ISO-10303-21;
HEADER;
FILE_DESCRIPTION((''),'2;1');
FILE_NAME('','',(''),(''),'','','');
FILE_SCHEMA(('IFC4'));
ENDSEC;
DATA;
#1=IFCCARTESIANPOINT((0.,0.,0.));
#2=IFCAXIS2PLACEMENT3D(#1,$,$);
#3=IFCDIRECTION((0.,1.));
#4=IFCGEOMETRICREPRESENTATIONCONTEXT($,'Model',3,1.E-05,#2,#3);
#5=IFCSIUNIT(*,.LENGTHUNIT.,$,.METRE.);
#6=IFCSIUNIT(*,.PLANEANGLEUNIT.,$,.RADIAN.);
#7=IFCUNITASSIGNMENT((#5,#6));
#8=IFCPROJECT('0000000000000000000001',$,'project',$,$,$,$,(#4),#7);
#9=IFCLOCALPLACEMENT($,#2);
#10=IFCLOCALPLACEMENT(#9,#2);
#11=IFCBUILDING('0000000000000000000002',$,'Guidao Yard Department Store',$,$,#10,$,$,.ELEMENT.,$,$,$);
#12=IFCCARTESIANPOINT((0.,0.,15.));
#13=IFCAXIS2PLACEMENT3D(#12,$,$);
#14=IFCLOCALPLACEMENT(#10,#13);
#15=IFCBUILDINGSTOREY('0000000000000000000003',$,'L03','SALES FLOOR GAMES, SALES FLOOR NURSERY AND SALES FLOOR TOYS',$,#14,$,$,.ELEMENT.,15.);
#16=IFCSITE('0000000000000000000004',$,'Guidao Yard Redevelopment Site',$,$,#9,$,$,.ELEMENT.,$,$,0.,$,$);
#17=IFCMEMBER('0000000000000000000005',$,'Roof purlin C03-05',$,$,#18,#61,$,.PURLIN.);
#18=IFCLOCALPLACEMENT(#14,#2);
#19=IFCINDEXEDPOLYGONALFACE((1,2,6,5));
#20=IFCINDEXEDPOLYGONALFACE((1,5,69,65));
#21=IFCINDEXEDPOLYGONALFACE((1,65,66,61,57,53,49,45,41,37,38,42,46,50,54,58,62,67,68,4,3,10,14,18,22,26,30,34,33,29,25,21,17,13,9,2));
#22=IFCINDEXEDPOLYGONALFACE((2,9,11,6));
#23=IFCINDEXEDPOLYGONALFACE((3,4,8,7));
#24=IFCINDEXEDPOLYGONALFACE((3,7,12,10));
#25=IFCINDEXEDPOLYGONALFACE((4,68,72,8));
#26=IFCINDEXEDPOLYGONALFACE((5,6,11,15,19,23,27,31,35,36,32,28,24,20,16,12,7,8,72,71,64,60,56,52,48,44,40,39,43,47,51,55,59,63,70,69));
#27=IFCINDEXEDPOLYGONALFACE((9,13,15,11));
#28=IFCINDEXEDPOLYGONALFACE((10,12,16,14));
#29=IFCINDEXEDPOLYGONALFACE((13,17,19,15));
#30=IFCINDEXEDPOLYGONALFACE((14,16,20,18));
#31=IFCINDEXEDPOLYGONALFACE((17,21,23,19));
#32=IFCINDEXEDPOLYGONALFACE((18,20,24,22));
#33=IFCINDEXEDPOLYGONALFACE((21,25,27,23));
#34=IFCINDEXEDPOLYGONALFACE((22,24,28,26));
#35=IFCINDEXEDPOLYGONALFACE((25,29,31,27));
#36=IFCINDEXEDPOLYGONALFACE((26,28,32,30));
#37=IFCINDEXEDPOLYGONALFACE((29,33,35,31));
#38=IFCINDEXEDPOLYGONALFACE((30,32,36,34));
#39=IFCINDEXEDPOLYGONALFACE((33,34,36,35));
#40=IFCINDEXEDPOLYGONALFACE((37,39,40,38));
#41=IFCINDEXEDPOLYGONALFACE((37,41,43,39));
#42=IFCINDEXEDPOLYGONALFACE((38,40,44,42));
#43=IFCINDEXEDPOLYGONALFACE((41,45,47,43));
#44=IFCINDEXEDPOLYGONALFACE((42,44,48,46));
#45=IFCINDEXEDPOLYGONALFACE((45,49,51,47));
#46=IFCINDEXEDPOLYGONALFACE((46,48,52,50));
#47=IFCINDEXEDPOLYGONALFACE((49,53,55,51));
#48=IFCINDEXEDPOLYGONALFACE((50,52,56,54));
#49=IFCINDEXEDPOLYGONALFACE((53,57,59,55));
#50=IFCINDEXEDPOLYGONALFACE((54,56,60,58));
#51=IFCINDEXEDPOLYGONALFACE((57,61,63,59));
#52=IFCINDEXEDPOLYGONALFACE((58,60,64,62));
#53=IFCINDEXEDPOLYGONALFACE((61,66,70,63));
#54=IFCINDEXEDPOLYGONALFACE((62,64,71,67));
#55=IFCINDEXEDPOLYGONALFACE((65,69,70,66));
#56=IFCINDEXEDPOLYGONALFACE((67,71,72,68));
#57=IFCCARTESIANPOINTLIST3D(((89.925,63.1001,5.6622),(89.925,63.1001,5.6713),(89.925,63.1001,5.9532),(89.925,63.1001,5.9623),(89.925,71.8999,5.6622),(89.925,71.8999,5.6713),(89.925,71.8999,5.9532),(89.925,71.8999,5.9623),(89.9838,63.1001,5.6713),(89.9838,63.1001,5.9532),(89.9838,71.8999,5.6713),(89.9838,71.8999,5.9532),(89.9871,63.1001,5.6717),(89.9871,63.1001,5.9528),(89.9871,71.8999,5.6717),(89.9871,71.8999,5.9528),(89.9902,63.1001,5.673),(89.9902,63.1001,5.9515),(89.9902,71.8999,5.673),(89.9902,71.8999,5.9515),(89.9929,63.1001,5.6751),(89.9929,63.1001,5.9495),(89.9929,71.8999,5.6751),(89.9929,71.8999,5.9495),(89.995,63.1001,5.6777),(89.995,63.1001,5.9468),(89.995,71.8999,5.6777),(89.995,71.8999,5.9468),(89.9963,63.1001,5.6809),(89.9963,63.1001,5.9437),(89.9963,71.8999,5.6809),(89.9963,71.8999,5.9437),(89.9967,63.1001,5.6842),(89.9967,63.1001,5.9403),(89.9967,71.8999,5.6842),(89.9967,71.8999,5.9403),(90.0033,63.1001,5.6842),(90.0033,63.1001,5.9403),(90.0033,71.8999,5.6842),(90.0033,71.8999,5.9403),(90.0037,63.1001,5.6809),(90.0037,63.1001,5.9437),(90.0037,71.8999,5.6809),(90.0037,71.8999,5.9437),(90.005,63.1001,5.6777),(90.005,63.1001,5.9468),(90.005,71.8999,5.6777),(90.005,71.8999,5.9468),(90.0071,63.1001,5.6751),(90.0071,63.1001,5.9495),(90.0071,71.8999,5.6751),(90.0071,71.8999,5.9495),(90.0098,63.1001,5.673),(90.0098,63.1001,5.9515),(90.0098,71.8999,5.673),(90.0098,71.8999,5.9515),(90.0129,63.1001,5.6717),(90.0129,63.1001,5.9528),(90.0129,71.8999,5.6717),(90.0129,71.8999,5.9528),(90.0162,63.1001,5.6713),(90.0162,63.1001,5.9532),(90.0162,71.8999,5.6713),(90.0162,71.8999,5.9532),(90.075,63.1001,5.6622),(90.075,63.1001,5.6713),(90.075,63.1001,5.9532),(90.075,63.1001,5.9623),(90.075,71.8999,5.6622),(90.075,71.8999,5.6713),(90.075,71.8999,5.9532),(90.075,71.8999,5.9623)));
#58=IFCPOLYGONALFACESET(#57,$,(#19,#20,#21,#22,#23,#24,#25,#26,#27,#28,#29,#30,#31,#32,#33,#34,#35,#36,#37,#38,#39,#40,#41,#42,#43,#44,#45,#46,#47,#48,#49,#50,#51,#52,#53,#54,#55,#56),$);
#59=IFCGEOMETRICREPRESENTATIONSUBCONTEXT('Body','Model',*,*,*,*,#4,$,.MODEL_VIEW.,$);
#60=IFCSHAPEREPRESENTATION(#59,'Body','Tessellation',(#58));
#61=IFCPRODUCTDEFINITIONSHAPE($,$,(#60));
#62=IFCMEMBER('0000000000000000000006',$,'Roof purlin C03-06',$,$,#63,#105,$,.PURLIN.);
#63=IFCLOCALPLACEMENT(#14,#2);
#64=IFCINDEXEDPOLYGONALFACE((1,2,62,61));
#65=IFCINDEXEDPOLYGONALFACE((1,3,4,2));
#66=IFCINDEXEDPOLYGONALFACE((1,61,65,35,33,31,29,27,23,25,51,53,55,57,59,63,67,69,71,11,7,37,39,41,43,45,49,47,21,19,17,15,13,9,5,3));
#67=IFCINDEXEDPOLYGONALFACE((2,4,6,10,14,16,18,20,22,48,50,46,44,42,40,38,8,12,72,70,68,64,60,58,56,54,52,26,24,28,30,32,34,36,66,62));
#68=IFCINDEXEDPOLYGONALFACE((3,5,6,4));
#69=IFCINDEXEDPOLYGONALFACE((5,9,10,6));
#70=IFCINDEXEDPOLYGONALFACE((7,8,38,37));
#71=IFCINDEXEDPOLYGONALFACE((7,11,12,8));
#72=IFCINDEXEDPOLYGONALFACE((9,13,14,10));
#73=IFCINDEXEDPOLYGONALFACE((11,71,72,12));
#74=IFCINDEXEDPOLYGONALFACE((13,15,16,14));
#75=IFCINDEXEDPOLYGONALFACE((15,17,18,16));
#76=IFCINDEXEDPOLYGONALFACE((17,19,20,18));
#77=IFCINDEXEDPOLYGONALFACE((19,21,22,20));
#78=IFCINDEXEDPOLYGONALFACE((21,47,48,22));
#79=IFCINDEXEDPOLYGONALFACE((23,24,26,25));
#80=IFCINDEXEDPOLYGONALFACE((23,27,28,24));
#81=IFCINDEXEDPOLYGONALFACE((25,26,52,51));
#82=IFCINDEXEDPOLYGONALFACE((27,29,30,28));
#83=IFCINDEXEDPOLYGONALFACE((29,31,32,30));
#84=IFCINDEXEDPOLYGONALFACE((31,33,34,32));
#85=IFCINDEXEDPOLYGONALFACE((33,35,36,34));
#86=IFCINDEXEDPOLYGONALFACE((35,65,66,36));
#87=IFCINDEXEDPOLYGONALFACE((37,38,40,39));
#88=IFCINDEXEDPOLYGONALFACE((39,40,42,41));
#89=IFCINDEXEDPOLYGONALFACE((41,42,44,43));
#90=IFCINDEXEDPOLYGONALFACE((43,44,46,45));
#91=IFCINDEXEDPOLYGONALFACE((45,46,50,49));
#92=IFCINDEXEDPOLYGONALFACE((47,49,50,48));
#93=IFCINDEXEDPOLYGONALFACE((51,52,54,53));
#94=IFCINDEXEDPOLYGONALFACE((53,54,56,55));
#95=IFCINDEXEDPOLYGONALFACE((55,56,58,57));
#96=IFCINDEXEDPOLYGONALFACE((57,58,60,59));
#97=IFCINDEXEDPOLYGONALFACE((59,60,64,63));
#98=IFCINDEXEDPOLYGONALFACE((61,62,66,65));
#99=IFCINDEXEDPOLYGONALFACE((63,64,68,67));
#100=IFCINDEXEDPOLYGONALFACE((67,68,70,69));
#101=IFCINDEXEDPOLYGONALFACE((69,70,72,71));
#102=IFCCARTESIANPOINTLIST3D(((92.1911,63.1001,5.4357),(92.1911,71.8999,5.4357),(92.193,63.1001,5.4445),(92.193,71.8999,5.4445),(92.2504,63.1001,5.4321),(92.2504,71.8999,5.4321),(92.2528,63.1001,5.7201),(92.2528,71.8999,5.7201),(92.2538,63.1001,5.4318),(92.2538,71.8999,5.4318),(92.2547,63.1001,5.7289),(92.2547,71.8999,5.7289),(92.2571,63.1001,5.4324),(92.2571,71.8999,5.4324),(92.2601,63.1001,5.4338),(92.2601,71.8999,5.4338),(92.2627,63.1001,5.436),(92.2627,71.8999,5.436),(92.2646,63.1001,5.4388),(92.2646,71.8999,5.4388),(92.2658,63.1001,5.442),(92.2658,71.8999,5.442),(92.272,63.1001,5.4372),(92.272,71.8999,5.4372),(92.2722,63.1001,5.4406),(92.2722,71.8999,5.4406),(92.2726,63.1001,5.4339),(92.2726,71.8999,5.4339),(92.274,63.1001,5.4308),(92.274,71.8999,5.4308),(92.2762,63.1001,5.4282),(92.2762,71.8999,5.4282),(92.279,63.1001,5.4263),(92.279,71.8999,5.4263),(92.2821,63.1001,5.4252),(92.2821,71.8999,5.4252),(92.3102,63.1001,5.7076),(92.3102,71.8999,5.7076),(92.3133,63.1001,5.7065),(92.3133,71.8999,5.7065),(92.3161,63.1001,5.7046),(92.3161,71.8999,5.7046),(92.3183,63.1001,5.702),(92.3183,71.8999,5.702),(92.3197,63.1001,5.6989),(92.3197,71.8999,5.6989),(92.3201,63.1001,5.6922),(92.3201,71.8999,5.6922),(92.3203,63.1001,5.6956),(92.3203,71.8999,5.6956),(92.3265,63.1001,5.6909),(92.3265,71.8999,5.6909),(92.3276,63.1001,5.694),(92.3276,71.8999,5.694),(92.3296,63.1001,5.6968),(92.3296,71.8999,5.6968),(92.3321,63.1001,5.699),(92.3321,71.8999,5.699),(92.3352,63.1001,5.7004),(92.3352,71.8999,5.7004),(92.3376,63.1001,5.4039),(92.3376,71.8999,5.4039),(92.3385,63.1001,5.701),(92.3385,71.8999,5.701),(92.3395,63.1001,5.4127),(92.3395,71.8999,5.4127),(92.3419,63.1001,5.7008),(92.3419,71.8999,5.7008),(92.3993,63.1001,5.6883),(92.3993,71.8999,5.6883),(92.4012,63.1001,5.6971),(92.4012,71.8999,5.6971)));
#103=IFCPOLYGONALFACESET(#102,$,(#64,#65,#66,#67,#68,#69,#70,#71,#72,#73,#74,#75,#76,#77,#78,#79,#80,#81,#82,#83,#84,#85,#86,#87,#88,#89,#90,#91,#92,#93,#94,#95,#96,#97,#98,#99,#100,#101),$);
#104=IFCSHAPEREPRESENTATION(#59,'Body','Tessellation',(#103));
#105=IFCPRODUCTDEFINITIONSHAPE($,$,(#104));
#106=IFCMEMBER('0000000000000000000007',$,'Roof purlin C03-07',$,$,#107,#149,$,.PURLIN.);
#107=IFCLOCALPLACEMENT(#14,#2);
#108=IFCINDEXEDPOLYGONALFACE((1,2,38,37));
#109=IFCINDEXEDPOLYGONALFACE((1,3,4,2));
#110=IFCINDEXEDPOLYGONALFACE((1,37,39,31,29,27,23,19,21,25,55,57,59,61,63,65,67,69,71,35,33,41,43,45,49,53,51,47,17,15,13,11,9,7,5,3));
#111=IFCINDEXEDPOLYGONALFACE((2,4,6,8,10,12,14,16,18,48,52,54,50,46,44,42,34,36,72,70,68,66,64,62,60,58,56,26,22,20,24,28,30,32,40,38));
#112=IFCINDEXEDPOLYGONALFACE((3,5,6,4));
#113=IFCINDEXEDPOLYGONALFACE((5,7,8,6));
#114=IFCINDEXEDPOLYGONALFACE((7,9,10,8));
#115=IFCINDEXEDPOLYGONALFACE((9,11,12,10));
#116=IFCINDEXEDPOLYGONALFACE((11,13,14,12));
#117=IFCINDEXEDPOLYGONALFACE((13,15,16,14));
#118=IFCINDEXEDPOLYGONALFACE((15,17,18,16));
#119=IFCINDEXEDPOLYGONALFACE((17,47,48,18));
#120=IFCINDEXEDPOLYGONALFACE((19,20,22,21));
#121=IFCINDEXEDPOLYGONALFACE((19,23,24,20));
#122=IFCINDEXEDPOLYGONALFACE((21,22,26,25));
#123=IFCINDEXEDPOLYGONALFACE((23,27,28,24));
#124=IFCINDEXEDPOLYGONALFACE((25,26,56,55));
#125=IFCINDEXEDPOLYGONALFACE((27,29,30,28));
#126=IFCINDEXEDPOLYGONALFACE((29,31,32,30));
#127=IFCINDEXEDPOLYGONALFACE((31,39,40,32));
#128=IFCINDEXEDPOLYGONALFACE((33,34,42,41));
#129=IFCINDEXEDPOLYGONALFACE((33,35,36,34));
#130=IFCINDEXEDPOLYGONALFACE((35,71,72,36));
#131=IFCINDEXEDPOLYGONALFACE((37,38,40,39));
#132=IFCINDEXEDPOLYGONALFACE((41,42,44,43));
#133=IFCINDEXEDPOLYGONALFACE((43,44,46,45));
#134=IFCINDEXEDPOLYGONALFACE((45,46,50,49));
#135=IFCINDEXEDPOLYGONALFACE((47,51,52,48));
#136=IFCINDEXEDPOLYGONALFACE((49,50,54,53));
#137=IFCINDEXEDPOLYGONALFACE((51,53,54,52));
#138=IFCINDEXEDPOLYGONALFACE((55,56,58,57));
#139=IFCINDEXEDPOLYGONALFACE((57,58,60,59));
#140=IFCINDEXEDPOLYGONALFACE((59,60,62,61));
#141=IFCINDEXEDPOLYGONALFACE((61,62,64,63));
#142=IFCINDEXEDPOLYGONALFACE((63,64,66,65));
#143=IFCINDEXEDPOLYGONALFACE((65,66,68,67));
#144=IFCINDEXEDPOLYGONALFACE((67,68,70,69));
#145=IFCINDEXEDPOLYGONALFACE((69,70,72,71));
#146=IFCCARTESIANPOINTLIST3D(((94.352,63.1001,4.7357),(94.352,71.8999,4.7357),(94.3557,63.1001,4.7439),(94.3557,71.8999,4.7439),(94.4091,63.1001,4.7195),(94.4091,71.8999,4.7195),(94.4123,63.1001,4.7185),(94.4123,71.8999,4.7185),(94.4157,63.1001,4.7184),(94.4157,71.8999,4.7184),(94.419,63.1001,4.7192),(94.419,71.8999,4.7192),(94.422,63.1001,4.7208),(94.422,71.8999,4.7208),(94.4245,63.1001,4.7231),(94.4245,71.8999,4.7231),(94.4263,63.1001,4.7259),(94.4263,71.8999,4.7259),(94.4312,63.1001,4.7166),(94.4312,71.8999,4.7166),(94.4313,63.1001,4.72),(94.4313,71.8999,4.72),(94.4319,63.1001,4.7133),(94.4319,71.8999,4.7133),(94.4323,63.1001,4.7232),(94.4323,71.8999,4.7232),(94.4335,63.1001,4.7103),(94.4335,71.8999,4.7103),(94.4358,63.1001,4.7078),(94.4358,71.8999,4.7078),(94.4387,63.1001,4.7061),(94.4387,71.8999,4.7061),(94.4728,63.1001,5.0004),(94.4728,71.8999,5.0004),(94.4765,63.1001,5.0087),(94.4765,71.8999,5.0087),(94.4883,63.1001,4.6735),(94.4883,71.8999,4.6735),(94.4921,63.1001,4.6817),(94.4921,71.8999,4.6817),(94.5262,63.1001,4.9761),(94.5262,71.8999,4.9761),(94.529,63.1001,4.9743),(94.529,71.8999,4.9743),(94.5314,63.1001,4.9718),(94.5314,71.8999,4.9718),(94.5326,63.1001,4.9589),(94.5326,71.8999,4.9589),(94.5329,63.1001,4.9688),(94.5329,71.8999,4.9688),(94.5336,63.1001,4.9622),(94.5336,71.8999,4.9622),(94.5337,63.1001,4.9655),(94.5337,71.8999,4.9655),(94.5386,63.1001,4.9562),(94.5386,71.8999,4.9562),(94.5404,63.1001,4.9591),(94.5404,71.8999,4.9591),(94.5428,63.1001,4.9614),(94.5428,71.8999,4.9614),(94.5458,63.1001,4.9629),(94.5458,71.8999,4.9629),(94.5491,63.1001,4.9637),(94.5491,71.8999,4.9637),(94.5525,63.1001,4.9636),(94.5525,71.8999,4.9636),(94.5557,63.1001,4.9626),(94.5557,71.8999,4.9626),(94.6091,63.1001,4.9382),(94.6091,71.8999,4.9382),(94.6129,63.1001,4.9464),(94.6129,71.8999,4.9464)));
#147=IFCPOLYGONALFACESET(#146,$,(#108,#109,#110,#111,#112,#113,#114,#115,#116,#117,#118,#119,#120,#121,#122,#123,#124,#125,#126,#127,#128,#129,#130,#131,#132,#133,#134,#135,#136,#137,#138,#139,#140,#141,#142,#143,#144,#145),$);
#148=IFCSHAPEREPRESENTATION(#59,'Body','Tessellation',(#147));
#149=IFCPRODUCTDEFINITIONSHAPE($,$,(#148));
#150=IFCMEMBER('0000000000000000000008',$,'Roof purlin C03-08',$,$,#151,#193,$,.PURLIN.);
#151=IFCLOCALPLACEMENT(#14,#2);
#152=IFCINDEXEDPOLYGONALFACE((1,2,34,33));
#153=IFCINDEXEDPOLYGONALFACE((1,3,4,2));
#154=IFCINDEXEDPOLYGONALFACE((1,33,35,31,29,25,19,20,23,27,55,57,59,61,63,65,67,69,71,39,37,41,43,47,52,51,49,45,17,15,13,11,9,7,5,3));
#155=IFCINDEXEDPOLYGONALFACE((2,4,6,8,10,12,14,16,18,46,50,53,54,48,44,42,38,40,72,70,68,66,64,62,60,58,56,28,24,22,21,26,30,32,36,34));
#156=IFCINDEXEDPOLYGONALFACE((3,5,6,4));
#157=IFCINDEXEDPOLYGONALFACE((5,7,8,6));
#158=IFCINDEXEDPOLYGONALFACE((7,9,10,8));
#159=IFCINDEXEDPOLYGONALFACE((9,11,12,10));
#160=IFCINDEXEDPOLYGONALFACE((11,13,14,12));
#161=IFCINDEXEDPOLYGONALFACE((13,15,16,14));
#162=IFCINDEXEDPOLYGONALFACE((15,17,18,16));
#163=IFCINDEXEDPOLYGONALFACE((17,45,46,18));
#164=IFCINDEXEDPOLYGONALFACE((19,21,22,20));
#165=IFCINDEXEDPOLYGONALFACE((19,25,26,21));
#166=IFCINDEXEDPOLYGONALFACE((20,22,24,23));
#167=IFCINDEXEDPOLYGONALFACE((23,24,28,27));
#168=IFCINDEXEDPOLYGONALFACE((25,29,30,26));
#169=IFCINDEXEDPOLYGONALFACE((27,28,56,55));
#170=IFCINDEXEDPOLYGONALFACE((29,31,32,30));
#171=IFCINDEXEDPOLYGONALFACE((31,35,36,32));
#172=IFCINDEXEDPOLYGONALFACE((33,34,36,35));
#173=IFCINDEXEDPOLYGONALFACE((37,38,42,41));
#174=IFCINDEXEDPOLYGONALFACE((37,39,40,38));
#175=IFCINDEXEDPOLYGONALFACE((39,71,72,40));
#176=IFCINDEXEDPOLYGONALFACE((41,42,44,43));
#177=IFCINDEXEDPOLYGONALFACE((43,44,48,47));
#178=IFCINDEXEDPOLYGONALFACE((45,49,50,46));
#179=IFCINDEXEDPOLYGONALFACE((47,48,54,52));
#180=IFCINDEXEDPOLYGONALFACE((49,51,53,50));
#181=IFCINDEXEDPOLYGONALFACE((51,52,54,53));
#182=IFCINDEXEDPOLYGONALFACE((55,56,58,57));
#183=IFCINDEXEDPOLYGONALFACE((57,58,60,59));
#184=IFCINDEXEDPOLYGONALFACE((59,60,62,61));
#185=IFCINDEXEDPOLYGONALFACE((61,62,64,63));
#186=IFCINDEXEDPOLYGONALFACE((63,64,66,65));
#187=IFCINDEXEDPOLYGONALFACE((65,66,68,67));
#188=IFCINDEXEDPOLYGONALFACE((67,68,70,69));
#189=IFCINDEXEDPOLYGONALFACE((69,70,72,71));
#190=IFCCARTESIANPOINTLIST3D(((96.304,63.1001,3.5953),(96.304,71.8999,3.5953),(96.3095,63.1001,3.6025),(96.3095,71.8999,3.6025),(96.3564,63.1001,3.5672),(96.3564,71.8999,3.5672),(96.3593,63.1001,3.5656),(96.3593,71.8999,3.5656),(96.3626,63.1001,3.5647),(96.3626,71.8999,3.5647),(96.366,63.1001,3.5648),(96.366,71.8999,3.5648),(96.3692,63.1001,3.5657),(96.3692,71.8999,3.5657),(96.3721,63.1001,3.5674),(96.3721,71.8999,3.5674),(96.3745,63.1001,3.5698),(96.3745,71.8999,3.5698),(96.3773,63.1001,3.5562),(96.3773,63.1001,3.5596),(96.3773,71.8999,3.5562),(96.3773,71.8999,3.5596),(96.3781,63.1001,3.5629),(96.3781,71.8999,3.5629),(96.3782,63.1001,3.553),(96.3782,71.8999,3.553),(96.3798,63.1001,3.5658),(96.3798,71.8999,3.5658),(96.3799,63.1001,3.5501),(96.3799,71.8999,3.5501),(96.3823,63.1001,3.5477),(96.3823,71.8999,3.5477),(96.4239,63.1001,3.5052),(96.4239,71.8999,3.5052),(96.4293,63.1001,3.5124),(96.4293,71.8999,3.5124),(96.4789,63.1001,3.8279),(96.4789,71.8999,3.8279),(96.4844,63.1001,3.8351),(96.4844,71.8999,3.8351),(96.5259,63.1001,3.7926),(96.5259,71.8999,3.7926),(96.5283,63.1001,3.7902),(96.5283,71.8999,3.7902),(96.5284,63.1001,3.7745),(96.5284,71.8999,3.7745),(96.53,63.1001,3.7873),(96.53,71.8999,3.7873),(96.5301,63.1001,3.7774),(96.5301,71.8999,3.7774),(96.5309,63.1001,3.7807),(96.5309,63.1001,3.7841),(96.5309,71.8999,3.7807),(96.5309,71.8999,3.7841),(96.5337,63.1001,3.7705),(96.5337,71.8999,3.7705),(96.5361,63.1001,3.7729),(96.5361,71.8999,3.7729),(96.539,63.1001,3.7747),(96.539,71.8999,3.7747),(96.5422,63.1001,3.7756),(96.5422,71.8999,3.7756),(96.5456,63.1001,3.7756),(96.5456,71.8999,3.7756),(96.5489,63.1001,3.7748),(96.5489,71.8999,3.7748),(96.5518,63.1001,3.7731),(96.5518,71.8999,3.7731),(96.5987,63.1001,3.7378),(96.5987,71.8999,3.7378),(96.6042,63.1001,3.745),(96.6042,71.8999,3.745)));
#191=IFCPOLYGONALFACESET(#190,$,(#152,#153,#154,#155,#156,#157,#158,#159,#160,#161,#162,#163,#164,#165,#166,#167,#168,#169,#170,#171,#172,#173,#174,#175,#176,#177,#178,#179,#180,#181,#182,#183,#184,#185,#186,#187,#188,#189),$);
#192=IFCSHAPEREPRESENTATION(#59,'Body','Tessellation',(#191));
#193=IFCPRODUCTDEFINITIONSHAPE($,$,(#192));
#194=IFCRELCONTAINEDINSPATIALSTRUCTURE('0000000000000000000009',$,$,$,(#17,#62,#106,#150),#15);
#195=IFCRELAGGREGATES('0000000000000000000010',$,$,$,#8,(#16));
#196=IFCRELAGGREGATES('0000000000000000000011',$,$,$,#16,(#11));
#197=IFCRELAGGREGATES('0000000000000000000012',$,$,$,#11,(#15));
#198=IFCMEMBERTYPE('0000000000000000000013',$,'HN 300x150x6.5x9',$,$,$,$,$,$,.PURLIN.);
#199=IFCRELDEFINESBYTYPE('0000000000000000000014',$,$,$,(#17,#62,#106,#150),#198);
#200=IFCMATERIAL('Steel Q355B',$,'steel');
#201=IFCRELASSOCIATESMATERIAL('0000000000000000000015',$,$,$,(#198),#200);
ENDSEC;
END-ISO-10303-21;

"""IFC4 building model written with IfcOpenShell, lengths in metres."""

from ifc_helpers import new_model, si_unit, direction, frame, origin, origin_2d, place, context, subcontext, project, spatial, i_section, extrude, material, material_profile, profile_set, type_object, element, save


model = new_model("IFC4")

# Units and contexts
model_context = context("Model", 3, precision=1e-05, world=origin(), true_north=direction((0.0, 1.0)))
body_context = subcontext(model_context, "Body", "Model", "MODEL_VIEW")
ifc_project = project(units=[si_unit("LENGTHUNIT", "METRE"), si_unit("PLANEANGLEUNIT", "RADIAN")], contexts=[model_context])

# Site, building, storey
site_placement = place(None, origin())
site = spatial("IfcSite", under=ifc_project, at=site_placement, Name="Guidao Yard Redevelopment Site", CompositionType="ELEMENT", RefElevation=0.0)
building_placement = place(site_placement, origin())
building = spatial("IfcBuilding", under=site, at=building_placement, Name="Guidao Yard Department Store", CompositionType="ELEMENT")
storey_placement = place(building_placement, frame((0.0, 0.0, 15.0)))
storey = spatial("IfcBuildingStorey", under=building, at=storey_placement, Name="L03", Description="SALES FLOOR GAMES, SALES FLOOR NURSERY AND SALES FLOOR TOYS", CompositionType="ELEMENT", Elevation=15.0)

# Members
ifc_material_1 = material(Name="Steel Q355B", Category="steel")
ifc_material_profile_1 = material_profile(ifc_material_1, i_section(OverallWidth=0.1499, OverallDepth=0.3, WebThickness=0.0066, FlangeThickness=0.009, FilletRadius=0.0129, at=origin_2d()), Name="HN 300x150x6.5x9")
ifc_profile_set_1 = profile_set([ifc_material_profile_1], Name="Steel Q355B")
member_type_1 = type_object("IfcMemberType", Name="HN 300x150x6.5x9", PredefinedType="PURLIN", material=ifc_profile_set_1)
for number, where, z_axis, x_axis, name in (
    (1, (90.0, 63.1001, 5.8123), (0.0, 1.0, 0.0), (-1.0, 0.0, 0.0), "Roof purlin C03-05"),
    (2, (92.2961, 63.1001, 5.5664), (0.0, 1.0, 0.0), (-0.977292, 0.0, 0.211897), "Roof purlin C03-06"),
    (3, (94.4824, 63.1001, 4.8411), (0.0, 1.0, 0.0), (-0.909751, 0.0, 0.415155), "Roof purlin C03-07"),
    (4, (96.4541, 63.1001, 3.6702), (0.0, 1.0, 0.0), (-0.799284, 0.0, 0.600954), "Roof purlin C03-08"),
):
    element("IfcMember", number, at=place(storey_placement, frame(where, z_axis=z_axis, x_axis=x_axis)), inside=storey, type_object=member_type_1, Name=name, PredefinedType="PURLIN", context=body_context, shape_type="SweptSolid", body=[
        extrude(i_section(OverallWidth=0.1499, OverallDepth=0.3, WebThickness=0.0066, FlangeThickness=0.009, FilletRadius=0.0129, at=origin_2d()), origin(), (0.0, 0.0, 1.0), 8.7998),
    ])

save(model, "model.ifc")
